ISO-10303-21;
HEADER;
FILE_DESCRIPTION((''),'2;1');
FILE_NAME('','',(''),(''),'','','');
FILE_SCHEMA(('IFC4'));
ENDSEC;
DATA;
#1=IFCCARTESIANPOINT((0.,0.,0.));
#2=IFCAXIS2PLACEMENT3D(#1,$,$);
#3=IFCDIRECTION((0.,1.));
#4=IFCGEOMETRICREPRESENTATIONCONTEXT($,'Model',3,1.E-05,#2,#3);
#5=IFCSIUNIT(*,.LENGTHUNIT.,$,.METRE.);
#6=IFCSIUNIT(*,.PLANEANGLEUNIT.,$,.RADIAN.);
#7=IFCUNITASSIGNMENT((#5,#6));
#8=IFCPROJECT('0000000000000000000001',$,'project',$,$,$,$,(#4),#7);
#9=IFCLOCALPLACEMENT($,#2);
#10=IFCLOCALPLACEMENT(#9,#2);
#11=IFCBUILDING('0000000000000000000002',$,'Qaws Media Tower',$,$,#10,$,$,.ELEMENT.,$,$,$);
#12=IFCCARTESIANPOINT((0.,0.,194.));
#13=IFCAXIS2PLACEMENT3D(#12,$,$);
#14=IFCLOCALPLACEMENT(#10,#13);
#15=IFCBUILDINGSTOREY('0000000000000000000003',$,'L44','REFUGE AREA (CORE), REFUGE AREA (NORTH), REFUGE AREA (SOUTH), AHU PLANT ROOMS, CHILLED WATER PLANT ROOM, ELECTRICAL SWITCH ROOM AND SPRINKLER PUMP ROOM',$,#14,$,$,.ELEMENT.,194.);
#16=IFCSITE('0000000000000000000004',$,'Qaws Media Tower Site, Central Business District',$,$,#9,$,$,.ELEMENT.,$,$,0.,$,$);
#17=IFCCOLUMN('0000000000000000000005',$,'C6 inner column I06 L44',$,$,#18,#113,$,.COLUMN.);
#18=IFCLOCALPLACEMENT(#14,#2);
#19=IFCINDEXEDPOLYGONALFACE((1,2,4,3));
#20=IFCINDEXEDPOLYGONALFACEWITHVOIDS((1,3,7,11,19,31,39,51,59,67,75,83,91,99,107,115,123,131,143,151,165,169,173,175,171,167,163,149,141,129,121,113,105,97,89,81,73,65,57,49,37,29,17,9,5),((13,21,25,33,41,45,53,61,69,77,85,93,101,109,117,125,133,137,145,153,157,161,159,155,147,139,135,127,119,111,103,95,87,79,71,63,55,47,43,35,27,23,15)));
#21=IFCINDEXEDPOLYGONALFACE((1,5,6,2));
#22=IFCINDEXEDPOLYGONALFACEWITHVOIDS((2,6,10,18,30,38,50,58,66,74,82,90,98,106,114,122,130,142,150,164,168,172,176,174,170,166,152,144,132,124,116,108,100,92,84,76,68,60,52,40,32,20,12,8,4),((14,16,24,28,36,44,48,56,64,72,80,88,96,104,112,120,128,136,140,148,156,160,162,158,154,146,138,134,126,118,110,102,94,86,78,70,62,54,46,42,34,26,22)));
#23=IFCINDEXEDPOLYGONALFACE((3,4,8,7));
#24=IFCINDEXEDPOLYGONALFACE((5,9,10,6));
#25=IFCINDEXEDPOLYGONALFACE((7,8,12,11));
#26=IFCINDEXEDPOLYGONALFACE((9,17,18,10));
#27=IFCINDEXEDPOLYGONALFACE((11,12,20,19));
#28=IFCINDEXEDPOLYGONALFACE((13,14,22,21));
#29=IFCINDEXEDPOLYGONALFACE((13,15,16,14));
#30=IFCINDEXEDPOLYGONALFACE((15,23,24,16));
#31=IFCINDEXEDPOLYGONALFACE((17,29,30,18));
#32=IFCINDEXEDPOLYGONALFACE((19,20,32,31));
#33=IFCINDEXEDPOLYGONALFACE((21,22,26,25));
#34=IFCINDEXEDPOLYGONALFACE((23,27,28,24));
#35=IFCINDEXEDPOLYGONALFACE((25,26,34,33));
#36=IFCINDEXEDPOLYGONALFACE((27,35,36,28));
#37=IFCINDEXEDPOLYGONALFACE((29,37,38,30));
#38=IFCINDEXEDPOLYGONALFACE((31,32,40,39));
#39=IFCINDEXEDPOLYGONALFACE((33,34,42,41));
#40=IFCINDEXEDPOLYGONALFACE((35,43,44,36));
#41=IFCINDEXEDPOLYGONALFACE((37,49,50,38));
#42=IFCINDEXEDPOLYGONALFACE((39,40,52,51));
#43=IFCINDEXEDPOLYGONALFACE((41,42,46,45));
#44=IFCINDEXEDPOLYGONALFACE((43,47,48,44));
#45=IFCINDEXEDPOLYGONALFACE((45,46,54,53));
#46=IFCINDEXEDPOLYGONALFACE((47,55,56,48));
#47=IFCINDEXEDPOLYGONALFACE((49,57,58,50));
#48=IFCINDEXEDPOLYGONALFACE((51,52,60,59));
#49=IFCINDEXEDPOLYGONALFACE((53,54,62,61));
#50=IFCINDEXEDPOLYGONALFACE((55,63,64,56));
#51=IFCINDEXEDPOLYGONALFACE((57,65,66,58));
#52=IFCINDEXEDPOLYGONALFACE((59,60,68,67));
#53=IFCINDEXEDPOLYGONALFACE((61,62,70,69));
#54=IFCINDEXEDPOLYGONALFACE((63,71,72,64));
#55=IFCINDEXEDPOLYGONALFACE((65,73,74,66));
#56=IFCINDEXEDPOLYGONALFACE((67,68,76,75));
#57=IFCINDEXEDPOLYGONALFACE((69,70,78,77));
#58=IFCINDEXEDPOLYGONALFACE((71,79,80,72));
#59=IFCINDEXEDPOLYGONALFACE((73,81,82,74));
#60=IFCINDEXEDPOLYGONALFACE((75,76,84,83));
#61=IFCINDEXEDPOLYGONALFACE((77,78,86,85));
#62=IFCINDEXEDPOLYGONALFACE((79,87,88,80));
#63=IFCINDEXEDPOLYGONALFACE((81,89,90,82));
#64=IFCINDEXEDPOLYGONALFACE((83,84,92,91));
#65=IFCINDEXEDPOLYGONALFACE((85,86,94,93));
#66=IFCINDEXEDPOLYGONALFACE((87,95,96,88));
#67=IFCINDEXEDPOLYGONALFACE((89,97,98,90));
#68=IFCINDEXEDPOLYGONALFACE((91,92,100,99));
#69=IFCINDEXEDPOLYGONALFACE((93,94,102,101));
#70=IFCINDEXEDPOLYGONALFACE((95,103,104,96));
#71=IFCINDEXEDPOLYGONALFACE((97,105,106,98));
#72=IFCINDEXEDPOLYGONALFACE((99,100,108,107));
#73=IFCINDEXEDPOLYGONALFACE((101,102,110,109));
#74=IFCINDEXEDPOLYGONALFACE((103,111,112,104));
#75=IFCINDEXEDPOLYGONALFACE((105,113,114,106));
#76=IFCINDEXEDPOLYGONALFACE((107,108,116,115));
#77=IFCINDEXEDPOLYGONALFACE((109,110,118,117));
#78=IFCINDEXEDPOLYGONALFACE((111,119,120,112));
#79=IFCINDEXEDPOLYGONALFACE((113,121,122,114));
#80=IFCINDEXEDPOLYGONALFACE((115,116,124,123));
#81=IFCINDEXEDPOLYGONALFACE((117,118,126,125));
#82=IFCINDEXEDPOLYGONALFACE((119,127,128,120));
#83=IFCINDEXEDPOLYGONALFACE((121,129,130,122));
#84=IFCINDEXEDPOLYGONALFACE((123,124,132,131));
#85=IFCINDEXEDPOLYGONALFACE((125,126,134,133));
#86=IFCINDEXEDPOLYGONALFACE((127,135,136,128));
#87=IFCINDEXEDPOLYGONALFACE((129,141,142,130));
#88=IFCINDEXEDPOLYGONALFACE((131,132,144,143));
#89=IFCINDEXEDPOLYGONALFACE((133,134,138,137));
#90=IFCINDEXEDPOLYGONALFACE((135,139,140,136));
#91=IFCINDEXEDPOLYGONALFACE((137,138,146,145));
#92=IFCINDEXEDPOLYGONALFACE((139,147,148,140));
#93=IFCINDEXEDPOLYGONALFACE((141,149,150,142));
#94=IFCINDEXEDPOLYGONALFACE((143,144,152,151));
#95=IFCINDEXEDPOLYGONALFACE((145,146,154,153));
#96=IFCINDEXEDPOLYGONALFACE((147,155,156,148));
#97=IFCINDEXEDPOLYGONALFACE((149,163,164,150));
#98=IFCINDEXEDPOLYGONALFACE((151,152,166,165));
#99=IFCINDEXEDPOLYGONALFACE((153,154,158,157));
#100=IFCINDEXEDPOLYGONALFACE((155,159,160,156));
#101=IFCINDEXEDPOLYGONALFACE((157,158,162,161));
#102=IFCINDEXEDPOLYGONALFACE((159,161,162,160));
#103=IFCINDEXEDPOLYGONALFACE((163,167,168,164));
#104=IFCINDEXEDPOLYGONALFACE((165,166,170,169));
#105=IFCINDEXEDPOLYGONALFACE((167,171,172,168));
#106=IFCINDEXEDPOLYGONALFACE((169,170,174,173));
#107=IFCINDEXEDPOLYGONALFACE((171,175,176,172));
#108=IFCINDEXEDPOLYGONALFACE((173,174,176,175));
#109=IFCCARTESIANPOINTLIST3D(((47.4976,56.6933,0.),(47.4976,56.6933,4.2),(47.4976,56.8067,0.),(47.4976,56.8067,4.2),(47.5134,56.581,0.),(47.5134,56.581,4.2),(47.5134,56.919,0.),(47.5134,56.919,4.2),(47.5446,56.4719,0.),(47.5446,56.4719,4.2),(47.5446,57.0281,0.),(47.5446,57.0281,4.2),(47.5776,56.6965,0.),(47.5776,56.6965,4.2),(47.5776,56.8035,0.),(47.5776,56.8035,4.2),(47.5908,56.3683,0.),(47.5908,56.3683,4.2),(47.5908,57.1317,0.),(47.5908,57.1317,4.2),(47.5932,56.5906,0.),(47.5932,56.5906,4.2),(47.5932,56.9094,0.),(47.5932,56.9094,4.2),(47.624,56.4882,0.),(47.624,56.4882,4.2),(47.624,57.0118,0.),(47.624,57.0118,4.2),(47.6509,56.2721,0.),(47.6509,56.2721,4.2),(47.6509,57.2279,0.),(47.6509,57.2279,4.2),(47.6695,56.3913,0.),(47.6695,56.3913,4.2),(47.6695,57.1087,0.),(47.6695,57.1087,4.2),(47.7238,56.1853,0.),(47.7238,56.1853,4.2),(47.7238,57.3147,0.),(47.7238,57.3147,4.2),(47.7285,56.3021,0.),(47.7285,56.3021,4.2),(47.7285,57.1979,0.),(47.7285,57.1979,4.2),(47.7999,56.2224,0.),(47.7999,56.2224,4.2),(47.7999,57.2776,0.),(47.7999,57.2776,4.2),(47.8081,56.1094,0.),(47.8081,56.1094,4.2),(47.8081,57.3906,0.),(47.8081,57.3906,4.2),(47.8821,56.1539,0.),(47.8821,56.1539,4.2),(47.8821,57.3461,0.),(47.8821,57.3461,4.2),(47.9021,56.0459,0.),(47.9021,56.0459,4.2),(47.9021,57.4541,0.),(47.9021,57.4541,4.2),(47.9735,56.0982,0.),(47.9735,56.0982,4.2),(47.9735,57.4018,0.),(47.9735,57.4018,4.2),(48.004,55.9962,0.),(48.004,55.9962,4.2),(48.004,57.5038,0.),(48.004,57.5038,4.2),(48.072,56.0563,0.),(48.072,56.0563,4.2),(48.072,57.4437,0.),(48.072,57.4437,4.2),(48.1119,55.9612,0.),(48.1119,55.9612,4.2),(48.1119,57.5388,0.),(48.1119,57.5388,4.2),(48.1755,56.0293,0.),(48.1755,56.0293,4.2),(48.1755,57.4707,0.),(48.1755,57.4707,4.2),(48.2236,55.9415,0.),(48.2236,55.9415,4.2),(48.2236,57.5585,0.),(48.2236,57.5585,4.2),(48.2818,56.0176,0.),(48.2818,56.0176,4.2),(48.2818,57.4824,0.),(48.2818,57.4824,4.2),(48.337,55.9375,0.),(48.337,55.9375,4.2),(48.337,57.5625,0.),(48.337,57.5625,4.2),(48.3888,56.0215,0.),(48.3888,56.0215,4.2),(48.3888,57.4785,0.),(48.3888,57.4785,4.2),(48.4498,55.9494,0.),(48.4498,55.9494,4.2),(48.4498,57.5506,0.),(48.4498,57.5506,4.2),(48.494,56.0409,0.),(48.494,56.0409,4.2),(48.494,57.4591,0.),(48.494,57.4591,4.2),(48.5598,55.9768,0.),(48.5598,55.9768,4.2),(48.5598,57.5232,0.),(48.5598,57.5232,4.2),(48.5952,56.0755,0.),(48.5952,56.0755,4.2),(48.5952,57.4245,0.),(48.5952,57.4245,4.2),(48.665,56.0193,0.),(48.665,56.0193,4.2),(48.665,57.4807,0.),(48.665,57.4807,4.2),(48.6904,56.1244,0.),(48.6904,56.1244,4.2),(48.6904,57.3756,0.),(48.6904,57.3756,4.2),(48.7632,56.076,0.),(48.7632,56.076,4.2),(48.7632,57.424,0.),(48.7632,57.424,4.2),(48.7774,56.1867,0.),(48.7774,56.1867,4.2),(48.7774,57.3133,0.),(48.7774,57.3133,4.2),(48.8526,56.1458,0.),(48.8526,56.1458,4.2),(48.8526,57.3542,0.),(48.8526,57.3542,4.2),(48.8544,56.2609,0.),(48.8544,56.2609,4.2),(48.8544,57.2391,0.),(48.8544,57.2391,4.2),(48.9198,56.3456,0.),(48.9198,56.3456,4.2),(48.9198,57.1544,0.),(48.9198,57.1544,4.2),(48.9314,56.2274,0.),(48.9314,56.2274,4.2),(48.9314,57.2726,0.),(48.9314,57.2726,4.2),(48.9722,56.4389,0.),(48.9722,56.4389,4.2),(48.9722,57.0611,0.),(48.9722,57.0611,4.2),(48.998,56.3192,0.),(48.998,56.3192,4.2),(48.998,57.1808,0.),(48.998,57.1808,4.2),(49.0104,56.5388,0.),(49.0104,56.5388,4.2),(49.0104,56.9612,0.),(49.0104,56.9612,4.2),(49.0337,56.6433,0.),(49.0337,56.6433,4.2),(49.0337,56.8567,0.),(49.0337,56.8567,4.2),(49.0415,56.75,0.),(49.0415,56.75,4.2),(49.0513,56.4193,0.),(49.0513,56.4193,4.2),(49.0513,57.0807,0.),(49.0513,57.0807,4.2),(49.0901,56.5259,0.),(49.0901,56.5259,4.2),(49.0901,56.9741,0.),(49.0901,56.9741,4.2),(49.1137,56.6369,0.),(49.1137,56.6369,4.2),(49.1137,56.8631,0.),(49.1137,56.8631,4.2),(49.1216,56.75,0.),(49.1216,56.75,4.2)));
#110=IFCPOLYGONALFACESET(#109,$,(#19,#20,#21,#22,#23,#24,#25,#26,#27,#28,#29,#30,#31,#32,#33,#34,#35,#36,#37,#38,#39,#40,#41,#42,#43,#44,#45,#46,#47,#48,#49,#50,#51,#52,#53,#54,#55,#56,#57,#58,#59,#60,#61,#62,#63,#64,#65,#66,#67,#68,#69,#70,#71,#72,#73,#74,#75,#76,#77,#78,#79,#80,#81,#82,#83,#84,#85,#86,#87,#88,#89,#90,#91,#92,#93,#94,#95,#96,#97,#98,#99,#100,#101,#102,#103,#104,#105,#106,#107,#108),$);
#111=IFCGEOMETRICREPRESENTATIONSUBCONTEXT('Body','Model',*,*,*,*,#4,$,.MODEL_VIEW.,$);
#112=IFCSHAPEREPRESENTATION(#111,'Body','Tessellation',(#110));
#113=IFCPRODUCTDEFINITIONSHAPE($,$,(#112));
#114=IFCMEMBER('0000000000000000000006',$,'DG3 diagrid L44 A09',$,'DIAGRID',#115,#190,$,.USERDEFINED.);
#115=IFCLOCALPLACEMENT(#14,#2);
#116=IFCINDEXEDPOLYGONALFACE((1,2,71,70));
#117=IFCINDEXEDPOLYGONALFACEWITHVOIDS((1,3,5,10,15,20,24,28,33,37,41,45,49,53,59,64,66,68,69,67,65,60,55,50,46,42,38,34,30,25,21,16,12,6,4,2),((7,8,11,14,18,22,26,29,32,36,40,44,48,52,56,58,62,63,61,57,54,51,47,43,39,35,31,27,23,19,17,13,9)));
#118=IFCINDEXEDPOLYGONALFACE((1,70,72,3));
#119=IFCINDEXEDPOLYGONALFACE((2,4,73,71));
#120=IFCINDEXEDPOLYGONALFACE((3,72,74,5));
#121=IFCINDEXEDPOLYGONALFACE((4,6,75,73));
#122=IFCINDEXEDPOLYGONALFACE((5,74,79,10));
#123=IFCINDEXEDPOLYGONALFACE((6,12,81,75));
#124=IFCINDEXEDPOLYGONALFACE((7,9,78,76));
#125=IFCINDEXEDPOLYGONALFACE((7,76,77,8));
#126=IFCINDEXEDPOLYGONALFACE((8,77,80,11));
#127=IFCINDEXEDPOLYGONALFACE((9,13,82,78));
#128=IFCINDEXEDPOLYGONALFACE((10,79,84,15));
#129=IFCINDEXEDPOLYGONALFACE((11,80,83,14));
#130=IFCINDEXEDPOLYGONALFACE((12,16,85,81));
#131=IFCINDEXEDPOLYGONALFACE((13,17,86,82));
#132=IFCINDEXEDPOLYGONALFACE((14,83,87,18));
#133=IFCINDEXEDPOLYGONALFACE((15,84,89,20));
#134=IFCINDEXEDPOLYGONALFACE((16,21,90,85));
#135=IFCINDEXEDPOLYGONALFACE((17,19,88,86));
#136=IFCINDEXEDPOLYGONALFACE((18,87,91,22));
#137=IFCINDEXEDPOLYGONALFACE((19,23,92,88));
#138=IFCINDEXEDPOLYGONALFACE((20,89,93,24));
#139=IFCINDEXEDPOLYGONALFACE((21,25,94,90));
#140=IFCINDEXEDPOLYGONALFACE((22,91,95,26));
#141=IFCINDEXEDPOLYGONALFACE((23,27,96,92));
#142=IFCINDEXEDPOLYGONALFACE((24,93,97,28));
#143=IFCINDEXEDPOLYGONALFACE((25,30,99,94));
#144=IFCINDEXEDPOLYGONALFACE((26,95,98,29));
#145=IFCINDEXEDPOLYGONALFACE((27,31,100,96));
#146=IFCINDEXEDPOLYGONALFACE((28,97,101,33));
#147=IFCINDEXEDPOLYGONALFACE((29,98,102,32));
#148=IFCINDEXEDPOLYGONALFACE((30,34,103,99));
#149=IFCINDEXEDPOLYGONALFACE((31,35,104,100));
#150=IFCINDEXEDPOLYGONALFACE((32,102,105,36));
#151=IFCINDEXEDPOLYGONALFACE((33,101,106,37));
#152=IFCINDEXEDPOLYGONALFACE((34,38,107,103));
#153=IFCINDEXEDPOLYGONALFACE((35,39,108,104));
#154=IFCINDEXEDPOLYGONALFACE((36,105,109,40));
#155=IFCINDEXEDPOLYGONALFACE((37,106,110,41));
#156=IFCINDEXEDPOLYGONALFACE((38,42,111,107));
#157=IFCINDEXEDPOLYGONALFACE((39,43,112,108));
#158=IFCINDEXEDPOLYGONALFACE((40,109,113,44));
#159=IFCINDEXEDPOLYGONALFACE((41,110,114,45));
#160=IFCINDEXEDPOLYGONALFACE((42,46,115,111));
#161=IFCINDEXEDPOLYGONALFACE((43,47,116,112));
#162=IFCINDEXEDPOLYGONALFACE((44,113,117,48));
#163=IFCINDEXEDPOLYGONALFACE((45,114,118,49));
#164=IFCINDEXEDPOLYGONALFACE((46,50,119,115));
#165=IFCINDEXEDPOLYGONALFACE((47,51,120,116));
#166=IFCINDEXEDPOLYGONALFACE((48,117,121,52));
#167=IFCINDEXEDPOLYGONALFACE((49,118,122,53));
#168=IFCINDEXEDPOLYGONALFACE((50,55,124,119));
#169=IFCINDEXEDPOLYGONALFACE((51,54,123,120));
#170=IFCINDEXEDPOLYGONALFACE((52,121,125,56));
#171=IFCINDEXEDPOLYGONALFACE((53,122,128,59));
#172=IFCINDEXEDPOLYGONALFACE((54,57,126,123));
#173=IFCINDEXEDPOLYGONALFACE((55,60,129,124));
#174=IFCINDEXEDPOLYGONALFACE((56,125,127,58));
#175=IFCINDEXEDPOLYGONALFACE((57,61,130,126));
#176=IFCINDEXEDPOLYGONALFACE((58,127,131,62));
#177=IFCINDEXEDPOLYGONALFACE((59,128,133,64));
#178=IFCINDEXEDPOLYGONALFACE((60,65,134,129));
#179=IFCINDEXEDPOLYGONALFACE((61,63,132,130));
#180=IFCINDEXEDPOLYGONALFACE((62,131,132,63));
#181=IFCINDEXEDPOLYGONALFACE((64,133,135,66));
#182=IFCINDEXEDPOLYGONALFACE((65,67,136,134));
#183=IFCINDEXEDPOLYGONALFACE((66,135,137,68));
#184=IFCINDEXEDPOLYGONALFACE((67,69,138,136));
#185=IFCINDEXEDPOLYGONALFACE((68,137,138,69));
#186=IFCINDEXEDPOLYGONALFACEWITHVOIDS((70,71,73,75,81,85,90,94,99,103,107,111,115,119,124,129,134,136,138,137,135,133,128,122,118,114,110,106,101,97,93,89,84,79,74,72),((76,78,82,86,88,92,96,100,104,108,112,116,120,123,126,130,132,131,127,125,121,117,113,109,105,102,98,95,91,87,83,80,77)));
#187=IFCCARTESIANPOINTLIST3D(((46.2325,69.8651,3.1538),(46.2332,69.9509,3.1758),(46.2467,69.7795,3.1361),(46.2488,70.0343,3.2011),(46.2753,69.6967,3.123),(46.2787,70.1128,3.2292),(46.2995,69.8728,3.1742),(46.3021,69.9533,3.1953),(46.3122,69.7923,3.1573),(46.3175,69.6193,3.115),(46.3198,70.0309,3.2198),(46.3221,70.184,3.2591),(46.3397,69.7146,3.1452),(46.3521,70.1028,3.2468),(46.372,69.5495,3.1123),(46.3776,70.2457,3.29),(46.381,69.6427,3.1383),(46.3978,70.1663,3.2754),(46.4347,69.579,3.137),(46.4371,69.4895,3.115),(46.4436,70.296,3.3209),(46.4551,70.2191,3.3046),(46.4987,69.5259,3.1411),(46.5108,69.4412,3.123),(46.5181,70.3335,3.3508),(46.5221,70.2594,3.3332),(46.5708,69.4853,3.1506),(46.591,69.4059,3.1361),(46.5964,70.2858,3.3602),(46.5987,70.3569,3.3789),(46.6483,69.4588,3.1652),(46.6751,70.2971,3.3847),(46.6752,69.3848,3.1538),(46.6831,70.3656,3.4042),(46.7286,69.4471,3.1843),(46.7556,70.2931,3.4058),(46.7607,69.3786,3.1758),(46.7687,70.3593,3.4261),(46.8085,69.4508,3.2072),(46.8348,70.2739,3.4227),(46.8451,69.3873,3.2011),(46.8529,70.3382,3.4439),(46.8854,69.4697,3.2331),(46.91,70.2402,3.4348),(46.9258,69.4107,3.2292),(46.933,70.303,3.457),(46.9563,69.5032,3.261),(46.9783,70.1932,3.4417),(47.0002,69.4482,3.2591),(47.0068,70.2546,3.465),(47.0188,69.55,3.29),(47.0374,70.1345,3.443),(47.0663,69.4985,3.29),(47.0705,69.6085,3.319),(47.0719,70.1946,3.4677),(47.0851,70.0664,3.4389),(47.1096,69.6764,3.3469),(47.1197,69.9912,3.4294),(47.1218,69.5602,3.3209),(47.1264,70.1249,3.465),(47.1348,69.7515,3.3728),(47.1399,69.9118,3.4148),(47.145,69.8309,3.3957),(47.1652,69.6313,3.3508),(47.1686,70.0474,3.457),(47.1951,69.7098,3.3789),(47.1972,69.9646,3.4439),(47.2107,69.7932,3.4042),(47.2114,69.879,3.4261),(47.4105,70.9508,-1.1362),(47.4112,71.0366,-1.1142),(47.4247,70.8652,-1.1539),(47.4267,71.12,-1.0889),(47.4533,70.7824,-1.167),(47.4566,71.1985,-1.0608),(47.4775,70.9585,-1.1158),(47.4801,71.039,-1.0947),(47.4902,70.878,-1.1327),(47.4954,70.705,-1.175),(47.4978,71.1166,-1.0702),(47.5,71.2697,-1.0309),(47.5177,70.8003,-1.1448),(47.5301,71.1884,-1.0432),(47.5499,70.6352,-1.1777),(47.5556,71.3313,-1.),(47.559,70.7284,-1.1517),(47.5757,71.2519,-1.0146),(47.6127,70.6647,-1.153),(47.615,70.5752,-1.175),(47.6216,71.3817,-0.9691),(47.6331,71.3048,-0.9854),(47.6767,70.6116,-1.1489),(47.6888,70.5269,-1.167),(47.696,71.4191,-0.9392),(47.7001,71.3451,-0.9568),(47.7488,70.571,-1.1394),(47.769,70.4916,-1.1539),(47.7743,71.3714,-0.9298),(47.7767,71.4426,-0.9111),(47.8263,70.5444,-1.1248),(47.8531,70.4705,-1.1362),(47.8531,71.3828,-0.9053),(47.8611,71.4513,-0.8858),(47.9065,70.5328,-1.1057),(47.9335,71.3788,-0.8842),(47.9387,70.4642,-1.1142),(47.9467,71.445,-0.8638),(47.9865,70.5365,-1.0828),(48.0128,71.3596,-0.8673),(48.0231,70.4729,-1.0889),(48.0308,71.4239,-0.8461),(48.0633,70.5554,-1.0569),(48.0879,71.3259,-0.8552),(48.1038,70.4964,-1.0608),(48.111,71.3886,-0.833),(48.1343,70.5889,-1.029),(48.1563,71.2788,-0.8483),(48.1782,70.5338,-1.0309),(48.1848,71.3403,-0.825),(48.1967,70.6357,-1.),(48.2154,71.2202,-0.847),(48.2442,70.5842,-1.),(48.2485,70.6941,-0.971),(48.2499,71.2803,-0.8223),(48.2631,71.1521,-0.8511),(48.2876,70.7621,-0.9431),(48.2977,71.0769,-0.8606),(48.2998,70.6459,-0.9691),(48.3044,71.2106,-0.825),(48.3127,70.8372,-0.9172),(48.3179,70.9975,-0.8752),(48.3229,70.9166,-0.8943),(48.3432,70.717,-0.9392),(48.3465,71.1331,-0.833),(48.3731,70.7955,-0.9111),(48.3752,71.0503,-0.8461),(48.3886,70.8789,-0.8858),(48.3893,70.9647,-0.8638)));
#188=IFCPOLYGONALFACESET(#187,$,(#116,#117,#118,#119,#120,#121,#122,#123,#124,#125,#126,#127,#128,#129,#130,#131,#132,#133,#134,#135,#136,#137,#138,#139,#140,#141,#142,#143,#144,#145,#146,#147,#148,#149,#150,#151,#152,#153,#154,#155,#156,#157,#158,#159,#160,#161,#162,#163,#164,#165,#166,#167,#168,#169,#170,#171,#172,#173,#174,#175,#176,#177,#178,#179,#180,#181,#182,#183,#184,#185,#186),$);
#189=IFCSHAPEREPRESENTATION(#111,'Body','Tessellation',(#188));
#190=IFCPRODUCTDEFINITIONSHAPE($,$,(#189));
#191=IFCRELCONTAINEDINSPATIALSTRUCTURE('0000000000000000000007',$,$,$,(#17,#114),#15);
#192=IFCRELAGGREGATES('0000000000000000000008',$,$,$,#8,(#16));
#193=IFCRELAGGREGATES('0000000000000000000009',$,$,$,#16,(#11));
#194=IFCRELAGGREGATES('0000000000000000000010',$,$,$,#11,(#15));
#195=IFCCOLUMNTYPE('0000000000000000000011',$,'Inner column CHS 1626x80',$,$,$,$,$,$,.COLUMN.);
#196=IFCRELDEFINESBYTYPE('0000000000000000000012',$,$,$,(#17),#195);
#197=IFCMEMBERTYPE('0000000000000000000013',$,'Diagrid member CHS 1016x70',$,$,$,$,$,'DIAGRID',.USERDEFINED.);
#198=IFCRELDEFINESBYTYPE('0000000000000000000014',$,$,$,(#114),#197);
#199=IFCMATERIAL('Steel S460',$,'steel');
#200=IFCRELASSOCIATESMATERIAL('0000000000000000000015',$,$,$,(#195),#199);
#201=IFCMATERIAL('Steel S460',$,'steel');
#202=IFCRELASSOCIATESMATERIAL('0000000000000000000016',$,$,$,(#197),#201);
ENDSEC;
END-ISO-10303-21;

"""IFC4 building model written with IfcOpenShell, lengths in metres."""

from ifc_helpers import new_model, si_unit, direction, frame, origin, origin_2d, place, context, subcontext, project, spatial, hollow_circle, extrude, material, material_profile, profile_set, type_object, element, save


model = new_model("IFC4")

# Units and contexts
model_context = context("Model", 3, precision=1e-05, world=origin(), true_north=direction((0.0, 1.0)))
body_context = subcontext(model_context, "Body", "Model", "MODEL_VIEW")
ifc_project = project(units=[si_unit("LENGTHUNIT", "METRE"), si_unit("PLANEANGLEUNIT", "RADIAN")], contexts=[model_context])

# Site, building, storey
site_placement = place(None, origin())
site = spatial("IfcSite", under=ifc_project, at=site_placement, Name="Qaws Media Tower Site, Central Business District", CompositionType="ELEMENT", RefElevation=0.0)
building_placement = place(site_placement, origin())
building = spatial("IfcBuilding", under=site, at=building_placement, Name="Qaws Media Tower", CompositionType="ELEMENT")
storey_placement = place(building_placement, frame((0.0, 0.0, 194.0)))
storey = spatial("IfcBuildingStorey", under=building, at=storey_placement, Name="L44", Description="REFUGE AREA (CORE), REFUGE AREA (NORTH), REFUGE AREA (SOUTH), AHU PLANT ROOMS, CHILLED WATER PLANT ROOM, ELECTRICAL SWITCH ROOM AND SPRINKLER PUMP ROOM", CompositionType="ELEMENT", Elevation=194.0)

# Column
ifc_material_1 = material(Name="Steel S460", Category="steel")
ifc_material_profile_1 = material_profile(ifc_material_1, hollow_circle(Radius=0.813, WallThickness=0.0801, at=origin_2d()), Name="CHS 1626x80")
ifc_profile_set_1 = profile_set([ifc_material_profile_1], Name="Steel S460")
column_type = type_object("IfcColumnType", Name="Inner column CHS 1626x80", PredefinedType="COLUMN", material=ifc_profile_set_1)
column_placement = place(storey_placement, frame((48.3086, 56.75, 0.0), z_axis=(0.0, 0.0, 1.0), x_axis=(1.0, 0.0, 0.0)))
element("IfcColumn", 1, at=column_placement, inside=storey, type_object=column_type, Name="C6 inner column I06 L44", PredefinedType="COLUMN", context=body_context, shape_type="SweptSolid", body=[
    extrude(hollow_circle(Radius=0.813, WallThickness=0.0801, at=origin_2d()), origin(), (0.0, 0.0, 1.0), 4.2),
])

# Member
ifc_material_2 = material(Name="Steel S460", Category="steel")
ifc_material_profile_2 = material_profile(ifc_material_2, hollow_circle(Radius=0.5081, WallThickness=0.0701, at=origin_2d()), Name="CHS 1016x70")
ifc_profile_set_2 = profile_set([ifc_material_profile_2], Name="Steel S460")
member_type = type_object("IfcMemberType", Name="Diagrid member CHS 1016x70", ElementType="DIAGRID", PredefinedType="USERDEFINED", material=ifc_profile_set_2)
for number, where, z_axis, x_axis, name in (
    (2, (47.8999, 70.9578, -1.0), (-0.257235, -0.237083, 0.936815), (0.677717, -0.735323, 0.0), "DG3 diagrid L44 A09"),
):
    element("IfcMember", number, at=place(storey_placement, frame(where, z_axis=z_axis, x_axis=x_axis)), inside=storey, type_object=member_type, Name=name, ObjectType="DIAGRID", PredefinedType="USERDEFINED", context=body_context, shape_type="SweptSolid", body=[
        extrude(hollow_circle(Radius=0.5081, WallThickness=0.0701, at=origin_2d()), origin(), (0.0, 0.0, 1.0), 4.5793),
    ])

save(model, "model.ifc")
